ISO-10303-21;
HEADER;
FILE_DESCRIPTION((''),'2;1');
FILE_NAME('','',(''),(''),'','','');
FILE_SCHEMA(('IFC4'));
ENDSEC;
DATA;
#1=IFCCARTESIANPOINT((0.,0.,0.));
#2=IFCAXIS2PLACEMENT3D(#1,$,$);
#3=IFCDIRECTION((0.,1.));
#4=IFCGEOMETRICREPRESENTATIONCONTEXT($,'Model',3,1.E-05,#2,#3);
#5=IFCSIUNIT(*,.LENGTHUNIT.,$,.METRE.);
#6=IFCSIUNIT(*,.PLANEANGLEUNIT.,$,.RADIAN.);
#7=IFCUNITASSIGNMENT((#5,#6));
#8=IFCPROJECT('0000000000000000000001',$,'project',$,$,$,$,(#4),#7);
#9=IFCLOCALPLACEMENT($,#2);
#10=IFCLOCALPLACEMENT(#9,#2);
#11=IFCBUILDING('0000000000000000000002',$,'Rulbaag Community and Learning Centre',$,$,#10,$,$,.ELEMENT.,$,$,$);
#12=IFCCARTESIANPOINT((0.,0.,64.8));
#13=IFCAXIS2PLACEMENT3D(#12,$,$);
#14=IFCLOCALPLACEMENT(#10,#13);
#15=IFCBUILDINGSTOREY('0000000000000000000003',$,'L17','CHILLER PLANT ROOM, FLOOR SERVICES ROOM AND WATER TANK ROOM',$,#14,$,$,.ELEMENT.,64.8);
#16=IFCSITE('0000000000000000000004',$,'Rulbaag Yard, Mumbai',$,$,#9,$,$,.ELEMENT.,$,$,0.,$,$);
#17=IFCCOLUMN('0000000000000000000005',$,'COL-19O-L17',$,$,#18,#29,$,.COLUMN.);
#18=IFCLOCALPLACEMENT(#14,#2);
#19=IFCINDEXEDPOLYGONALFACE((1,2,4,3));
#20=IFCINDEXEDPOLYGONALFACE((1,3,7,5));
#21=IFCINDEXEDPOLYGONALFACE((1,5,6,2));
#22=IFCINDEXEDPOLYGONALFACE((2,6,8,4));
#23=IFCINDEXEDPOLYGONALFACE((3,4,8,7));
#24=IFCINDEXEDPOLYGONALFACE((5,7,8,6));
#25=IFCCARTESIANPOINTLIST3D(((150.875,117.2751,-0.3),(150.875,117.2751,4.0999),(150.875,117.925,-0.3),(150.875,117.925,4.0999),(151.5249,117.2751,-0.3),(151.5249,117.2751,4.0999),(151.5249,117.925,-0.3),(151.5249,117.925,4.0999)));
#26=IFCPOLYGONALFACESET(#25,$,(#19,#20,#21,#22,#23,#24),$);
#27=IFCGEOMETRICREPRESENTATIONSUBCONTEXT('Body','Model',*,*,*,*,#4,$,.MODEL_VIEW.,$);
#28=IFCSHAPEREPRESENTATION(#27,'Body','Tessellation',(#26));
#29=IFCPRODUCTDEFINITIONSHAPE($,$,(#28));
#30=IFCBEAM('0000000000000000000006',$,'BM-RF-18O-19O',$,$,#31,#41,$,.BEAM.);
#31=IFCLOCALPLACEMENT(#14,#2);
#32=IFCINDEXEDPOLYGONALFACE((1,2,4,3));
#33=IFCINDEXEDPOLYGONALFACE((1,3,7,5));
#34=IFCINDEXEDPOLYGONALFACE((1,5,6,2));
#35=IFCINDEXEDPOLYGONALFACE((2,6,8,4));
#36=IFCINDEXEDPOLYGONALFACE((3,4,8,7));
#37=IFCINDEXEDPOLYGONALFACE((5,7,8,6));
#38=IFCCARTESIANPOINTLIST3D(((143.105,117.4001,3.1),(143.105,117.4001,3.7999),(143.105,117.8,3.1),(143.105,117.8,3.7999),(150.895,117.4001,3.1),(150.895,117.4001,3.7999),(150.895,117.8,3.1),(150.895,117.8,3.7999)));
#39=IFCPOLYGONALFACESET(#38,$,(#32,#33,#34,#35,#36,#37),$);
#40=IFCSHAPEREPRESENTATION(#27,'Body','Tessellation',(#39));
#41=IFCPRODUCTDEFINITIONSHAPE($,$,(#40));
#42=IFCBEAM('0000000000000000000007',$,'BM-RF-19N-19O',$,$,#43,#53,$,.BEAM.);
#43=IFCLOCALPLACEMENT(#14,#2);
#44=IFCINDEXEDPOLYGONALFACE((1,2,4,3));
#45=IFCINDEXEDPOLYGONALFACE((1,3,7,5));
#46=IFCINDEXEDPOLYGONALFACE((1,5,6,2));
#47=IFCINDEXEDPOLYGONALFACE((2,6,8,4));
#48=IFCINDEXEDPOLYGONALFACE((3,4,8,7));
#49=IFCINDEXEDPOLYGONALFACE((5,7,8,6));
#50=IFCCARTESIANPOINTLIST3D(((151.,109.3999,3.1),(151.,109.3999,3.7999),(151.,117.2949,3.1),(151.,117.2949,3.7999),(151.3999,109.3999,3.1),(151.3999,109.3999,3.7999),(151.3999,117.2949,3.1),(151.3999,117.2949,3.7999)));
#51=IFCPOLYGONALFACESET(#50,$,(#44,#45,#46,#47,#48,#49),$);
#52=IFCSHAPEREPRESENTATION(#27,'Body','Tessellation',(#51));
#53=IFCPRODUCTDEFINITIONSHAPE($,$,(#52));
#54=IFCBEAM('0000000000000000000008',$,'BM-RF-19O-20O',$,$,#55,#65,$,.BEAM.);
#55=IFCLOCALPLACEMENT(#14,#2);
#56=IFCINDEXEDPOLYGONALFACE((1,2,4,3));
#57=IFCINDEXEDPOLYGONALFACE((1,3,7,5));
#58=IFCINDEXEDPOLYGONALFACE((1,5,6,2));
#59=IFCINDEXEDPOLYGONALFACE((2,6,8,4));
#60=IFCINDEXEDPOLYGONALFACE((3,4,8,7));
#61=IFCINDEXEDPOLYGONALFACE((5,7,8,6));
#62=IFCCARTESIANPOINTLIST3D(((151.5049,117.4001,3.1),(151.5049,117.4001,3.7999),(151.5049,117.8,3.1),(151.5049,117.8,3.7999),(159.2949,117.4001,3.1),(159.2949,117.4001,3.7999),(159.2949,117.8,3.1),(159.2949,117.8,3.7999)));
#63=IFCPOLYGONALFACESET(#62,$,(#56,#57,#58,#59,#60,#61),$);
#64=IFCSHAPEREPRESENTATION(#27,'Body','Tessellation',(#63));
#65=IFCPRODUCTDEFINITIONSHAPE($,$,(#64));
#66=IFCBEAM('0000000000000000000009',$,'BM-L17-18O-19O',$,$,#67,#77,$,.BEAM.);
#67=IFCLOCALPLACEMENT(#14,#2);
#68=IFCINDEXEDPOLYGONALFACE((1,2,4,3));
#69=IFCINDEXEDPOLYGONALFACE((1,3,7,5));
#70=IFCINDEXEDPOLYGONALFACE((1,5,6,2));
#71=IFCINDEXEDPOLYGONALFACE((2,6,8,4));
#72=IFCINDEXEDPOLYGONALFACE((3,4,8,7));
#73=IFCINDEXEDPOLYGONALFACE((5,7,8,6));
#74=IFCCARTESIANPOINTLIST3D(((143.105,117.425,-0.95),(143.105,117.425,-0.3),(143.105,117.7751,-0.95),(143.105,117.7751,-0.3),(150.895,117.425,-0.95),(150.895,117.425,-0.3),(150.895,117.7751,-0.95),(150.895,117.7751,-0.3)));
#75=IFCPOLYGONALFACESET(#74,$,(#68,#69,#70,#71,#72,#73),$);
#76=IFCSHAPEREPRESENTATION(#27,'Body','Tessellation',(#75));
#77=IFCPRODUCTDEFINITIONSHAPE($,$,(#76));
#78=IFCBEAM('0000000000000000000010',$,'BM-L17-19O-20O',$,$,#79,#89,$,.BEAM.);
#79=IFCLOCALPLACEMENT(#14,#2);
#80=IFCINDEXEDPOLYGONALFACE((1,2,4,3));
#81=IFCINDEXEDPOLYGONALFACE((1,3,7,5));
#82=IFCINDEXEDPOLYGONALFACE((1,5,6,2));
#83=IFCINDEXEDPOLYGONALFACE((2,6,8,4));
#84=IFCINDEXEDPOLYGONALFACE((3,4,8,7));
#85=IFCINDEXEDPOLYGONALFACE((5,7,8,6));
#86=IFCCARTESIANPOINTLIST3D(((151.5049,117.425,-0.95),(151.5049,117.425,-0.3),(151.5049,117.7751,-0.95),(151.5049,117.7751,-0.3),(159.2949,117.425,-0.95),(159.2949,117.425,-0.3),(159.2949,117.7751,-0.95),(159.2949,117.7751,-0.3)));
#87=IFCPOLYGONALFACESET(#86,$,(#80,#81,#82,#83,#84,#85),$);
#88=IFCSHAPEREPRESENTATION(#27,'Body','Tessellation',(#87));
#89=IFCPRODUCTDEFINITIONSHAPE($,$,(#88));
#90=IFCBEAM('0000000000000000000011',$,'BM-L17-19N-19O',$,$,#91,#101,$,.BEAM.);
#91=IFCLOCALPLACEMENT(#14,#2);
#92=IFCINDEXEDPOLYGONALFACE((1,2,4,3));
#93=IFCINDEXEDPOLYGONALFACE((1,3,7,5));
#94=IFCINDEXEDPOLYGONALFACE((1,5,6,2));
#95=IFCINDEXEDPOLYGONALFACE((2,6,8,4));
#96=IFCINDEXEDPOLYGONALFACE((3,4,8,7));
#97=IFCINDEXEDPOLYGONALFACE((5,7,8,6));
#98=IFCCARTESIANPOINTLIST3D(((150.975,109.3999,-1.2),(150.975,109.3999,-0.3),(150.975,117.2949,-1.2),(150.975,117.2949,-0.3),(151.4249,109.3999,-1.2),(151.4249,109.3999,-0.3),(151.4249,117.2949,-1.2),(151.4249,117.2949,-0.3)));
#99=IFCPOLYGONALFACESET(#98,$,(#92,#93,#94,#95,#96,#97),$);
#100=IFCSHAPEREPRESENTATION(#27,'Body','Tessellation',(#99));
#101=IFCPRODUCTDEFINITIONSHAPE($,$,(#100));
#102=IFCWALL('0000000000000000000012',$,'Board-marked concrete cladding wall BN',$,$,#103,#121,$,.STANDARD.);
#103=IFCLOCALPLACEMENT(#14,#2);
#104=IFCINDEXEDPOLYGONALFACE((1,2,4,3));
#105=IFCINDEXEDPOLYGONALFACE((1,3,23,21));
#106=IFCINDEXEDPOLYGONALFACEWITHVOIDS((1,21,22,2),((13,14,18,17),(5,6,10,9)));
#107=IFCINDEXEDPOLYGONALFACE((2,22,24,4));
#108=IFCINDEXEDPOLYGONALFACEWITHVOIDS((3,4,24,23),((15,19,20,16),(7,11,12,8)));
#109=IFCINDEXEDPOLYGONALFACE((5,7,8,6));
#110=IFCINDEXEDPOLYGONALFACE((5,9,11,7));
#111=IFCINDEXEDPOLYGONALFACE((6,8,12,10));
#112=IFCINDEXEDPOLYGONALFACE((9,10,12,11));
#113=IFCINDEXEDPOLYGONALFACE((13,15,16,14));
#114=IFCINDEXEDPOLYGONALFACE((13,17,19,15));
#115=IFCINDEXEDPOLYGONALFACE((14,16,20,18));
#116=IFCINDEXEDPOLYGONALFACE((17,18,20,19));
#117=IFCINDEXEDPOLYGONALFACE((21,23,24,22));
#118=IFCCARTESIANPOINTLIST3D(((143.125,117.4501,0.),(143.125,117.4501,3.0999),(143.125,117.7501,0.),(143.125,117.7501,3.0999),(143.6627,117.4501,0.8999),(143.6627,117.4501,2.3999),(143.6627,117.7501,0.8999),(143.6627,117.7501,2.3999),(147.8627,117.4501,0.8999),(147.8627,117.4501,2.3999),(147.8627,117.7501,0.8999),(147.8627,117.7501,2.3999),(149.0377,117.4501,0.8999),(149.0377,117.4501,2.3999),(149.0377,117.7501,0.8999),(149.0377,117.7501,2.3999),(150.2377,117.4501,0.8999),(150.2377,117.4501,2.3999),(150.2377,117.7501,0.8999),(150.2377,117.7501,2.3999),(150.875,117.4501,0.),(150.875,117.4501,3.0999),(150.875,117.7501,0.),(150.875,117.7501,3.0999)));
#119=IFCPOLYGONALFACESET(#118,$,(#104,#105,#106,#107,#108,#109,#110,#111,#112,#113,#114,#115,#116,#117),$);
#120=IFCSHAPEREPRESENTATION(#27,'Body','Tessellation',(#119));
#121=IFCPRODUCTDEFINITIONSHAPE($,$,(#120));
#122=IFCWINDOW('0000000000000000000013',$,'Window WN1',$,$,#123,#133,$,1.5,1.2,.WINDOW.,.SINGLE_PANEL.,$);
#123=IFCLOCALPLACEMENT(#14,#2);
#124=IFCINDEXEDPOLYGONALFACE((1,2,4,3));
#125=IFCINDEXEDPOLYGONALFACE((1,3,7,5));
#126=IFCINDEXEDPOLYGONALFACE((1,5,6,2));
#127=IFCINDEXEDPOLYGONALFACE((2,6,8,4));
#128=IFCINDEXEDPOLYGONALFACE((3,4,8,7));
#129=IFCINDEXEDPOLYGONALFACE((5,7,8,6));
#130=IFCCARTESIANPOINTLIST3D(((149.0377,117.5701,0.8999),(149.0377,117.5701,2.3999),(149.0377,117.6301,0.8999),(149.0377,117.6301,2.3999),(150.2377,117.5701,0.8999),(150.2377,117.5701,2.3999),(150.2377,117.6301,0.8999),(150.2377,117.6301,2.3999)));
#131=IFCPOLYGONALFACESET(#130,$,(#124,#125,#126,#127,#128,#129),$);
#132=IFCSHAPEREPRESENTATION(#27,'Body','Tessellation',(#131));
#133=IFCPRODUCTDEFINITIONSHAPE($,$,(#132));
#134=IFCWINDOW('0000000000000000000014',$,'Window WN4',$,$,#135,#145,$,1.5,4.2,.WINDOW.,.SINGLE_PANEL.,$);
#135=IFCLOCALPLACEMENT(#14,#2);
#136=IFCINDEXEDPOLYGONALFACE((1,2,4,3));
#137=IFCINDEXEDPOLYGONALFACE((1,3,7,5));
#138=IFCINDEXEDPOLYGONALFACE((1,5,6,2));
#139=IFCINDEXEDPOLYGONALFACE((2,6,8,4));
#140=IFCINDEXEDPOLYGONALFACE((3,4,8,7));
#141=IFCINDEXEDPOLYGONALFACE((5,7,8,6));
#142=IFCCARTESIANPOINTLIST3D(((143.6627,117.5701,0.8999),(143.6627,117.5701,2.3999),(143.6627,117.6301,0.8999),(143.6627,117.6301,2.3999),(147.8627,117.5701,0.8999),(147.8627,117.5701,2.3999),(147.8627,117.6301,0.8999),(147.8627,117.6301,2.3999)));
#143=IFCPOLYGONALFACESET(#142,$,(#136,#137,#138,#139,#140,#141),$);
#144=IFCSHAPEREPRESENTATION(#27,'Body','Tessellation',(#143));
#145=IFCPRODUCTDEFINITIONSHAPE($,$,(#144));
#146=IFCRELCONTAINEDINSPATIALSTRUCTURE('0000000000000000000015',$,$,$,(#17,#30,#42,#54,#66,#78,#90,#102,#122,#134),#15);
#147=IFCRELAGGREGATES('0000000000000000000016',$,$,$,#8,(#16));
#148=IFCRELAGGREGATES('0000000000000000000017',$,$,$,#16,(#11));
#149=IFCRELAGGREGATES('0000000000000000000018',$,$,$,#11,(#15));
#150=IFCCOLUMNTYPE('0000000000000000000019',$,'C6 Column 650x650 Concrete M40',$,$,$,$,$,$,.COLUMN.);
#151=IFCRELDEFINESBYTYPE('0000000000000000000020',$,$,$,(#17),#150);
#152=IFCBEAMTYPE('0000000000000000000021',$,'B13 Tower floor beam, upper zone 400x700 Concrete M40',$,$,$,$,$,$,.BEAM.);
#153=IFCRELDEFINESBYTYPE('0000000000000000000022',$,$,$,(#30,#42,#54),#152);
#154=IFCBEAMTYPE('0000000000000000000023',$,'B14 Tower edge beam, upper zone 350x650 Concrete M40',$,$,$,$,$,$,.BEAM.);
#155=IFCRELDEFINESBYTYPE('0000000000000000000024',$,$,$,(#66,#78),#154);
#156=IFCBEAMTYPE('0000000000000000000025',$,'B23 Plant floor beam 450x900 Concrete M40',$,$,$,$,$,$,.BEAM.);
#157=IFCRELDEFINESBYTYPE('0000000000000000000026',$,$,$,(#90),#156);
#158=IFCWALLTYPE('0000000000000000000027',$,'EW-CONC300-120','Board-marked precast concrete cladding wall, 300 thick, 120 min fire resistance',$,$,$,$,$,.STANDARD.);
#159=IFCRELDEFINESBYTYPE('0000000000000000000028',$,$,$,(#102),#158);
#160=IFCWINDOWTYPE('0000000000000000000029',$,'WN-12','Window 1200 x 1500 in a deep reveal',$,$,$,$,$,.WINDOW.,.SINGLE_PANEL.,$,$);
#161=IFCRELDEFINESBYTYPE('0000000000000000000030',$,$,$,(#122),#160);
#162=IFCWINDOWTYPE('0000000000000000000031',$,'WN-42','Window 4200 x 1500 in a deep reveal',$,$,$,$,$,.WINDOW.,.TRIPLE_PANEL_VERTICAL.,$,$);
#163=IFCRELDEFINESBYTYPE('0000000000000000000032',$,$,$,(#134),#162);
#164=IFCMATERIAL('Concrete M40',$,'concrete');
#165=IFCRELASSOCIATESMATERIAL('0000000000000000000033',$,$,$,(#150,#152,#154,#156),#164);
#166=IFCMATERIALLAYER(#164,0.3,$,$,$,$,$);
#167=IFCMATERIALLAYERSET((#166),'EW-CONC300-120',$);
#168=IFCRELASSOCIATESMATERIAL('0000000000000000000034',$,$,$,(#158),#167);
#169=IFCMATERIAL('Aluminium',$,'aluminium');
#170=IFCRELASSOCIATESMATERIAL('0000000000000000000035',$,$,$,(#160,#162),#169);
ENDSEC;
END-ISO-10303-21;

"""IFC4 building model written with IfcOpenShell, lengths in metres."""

from ifc_helpers import new_model, si_unit, direction, frame, frame_2d, origin, origin_2d, place, context, subcontext, project, spatial, rectangle, extrude, material, layer, layer_set, material_profile, profile_set, type_object, element, fill, save


model = new_model("IFC4")

# Units and contexts
model_context = context("Model", 3, precision=1e-05, world=origin(), true_north=direction((0.0, 1.0)))
body_context = subcontext(model_context, "Body", "Model", "MODEL_VIEW")
ifc_project = project(units=[si_unit("LENGTHUNIT", "METRE"), si_unit("PLANEANGLEUNIT", "RADIAN")], contexts=[model_context])

# Site, building, storey
site_placement = place(None, origin())
site = spatial("IfcSite", under=ifc_project, at=site_placement, Name="Rulbaag Yard, Mumbai", CompositionType="ELEMENT", RefElevation=0.0)
building_placement = place(site_placement, origin())
building = spatial("IfcBuilding", under=site, at=building_placement, Name="Rulbaag Community and Learning Centre", CompositionType="ELEMENT")
storey_placement = place(building_placement, frame((0.0, 0.0, 64.8)))
storey = spatial("IfcBuildingStorey", under=building, at=storey_placement, Name="L17", Description="CHILLER PLANT ROOM, FLOOR SERVICES ROOM AND WATER TANK ROOM", CompositionType="ELEMENT", Elevation=64.8)

# Column
ifc_material_1 = material(Name="Concrete M40", Category="concrete")
ifc_material_profile_1 = material_profile(ifc_material_1, rectangle(XDim=0.6499, YDim=0.6499, at=origin_2d()), Name="RC650x650")
ifc_profile_set_1 = profile_set([ifc_material_profile_1], Name="Concrete M40")
column_type = type_object("IfcColumnType", Name="C6 Column 650x650 Concrete M40", PredefinedType="COLUMN", material=ifc_profile_set_1)
column_placement = place(storey_placement, frame((151.2, 117.6001, -0.3), z_axis=(0.0, 0.0, 1.0), x_axis=(1.0, 0.0, 0.0)))
element("IfcColumn", 1, at=column_placement, inside=storey, type_object=column_type, Name="COL-19O-L17", PredefinedType="COLUMN", context=body_context, shape_type="SweptSolid", body=[
    extrude(rectangle(XDim=0.6499, YDim=0.6499, at=origin_2d()), origin(), (0.0, 0.0, 1.0), 4.3999),
])

# Beams
ifc_material_profile_2 = material_profile(ifc_material_1, rectangle(XDim=0.3999, YDim=0.7, at=origin_2d()), Name="RB400x700")
ifc_profile_set_2 = profile_set([ifc_material_profile_2], Name="Concrete M40")
beam_type_1 = type_object("IfcBeamType", Name="B13 Tower floor beam, upper zone 400x700 Concrete M40", PredefinedType="BEAM", material=ifc_profile_set_2)
beam_1_placement = place(storey_placement, frame((143.105, 117.6001, 3.45), z_axis=(1.0, 0.0, 0.0), x_axis=(0.0, 1.0, 0.0)))
element("IfcBeam", 2, at=beam_1_placement, inside=storey, type_object=beam_type_1, Name="BM-RF-18O-19O", PredefinedType="BEAM", context=body_context, shape_type="SweptSolid", body=[
    extrude(rectangle(XDim=0.3999, YDim=0.7, at=origin_2d()), origin(), (0.0, 0.0, 1.0), 7.79),
])
beam_2_placement = place(storey_placement, frame((151.2, 109.3999, 3.45), z_axis=(0.0, 1.0, 0.0), x_axis=(-1.0, 0.0, 0.0)))
element("IfcBeam", 3, at=beam_2_placement, inside=storey, type_object=beam_type_1, Name="BM-RF-19N-19O", PredefinedType="BEAM", context=body_context, shape_type="SweptSolid", body=[
    extrude(rectangle(XDim=0.3999, YDim=0.7, at=origin_2d()), origin(), (0.0, 0.0, 1.0), 7.895),
])
beam_3_placement = place(storey_placement, frame((151.5049, 117.6001, 3.45), z_axis=(1.0, 0.0, 0.0), x_axis=(0.0, 1.0, 0.0)))
element("IfcBeam", 4, at=beam_3_placement, inside=storey, type_object=beam_type_1, Name="BM-RF-19O-20O", PredefinedType="BEAM", context=body_context, shape_type="SweptSolid", body=[
    extrude(rectangle(XDim=0.3999, YDim=0.7, at=origin_2d()), origin(), (0.0, 0.0, 1.0), 7.79),
])
ifc_material_profile_3 = material_profile(ifc_material_1, rectangle(XDim=0.3501, YDim=0.6499, at=origin_2d()), Name="RB350x650")
ifc_profile_set_3 = profile_set([ifc_material_profile_3], Name="Concrete M40")
beam_type_2 = type_object("IfcBeamType", Name="B14 Tower edge beam, upper zone 350x650 Concrete M40", PredefinedType="BEAM", material=ifc_profile_set_3)
for number, where, z_axis, x_axis, name in (
    (5, (143.105, 117.6001, -0.625), (1.0, 0.0, 0.0), (0.0, 1.0, 0.0), "BM-L17-18O-19O"),
    (6, (151.5049, 117.6001, -0.625), (1.0, 0.0, 0.0), (0.0, 1.0, 0.0), "BM-L17-19O-20O"),
):
    element("IfcBeam", number, at=place(storey_placement, frame(where, z_axis=z_axis, x_axis=x_axis)), inside=storey, type_object=beam_type_2, Name=name, PredefinedType="BEAM", context=body_context, shape_type="SweptSolid", body=[
        extrude(rectangle(XDim=0.3501, YDim=0.6499, at=origin_2d()), origin(), (0.0, 0.0, 1.0), 7.79),
    ])
ifc_material_profile_4 = material_profile(ifc_material_1, rectangle(XDim=0.45, YDim=0.8999, at=origin_2d()), Name="RB450x900")
ifc_profile_set_4 = profile_set([ifc_material_profile_4], Name="Concrete M40")
beam_type_3 = type_object("IfcBeamType", Name="B23 Plant floor beam 450x900 Concrete M40", PredefinedType="BEAM", material=ifc_profile_set_4)
beam_4_placement = place(storey_placement, frame((151.2, 109.3999, -0.75), z_axis=(0.0, 1.0, 0.0), x_axis=(-1.0, 0.0, 0.0)))
element("IfcBeam", 7, at=beam_4_placement, inside=storey, type_object=beam_type_3, Name="BM-L17-19N-19O", PredefinedType="BEAM", context=body_context, shape_type="SweptSolid", body=[
    extrude(rectangle(XDim=0.45, YDim=0.8999, at=origin_2d()), origin(), (0.0, 0.0, 1.0), 7.895),
])

# Wall, openings, windows
ifc_layer_1 = layer(ifc_material_1, 0.3)
ifc_layer_set_1 = layer_set([ifc_layer_1], Name="EW-CONC300-120")
wall_type_1 = type_object("IfcWallType", Name="EW-CONC300-120", Description="Board-marked precast concrete cladding wall, 300 thick, 120 min fire resistance", PredefinedType="STANDARD", material=ifc_layer_set_1)
wall_1_placement = place(storey_placement, frame((143.125, 117.6001, 0.0), z_axis=(0.0, 0.0, 1.0), x_axis=(1.0, 0.0, 0.0)))
wall_1 = element("IfcWall", 8, at=wall_1_placement, inside=storey, type_object=wall_type_1, Name="Board-marked concrete cladding wall BN", PredefinedType="STANDARD", context=body_context, shape_type="SweptSolid", body=[
    extrude(rectangle(XDim=7.75, YDim=0.3, at=frame_2d((3.875, 0.0))), origin(), (0.0, 0.0, 1.0), 3.0999),
])
opening_1_placement = place(wall_1_placement, frame((0.5376, 0.0, 0.8999)))
opening_1 = element("IfcOpeningElement", 9, at=opening_1_placement, cuts=wall_1, PredefinedType="OPENING", context=body_context, shape_type="SweptSolid", body=[
    extrude(rectangle(XDim=4.2, YDim=1.5, at=frame_2d((2.1001, 0.75))), frame((0.0, 0.1599, 0.0), z_axis=(0.0, -1.0, 0.0), x_axis=(1.0, 0.0, 0.0)), (0.0, 0.0, 1.0), 0.3201),
])
opening_2_placement = place(wall_1_placement, frame((5.9126, 0.0, 0.8999)))
opening_2 = element("IfcOpeningElement", 10, at=opening_2_placement, cuts=wall_1, PredefinedType="OPENING", context=body_context, shape_type="SweptSolid", body=[
    extrude(rectangle(XDim=1.2, YDim=1.5, at=frame_2d((0.6001, 0.75))), frame((0.0, 0.1599, 0.0), z_axis=(0.0, -1.0, 0.0), x_axis=(1.0, 0.0, 0.0)), (0.0, 0.0, 1.0), 0.3201),
])
ifc_material_2 = material(Name="Aluminium", Category="aluminium")
window_type_1 = type_object("IfcWindowType", Name="WN-12", Description="Window 1200 x 1500 in a deep reveal", PartitioningType="SINGLE_PANEL", PredefinedType="WINDOW", material=ifc_material_2)
window_1_placement = place(opening_2_placement, origin())
window_1 = element("IfcWindow", 11, at=window_1_placement, inside=storey, type_object=window_type_1, Name="Window WN1", OverallHeight=1.5, OverallWidth=1.2, PartitioningType="SINGLE_PANEL", PredefinedType="WINDOW", context=body_context, shape_type="SweptSolid", body=[
    extrude(rectangle(XDim=1.2, YDim=1.5, at=frame_2d((0.6001, 0.75))), frame((0.0, 0.03, 0.0), z_axis=(0.0, -1.0, 0.0), x_axis=(1.0, 0.0, 0.0)), (0.0, 0.0, 1.0), 0.0601),
])
fill(opening_2, window_1)
window_type_2 = type_object("IfcWindowType", Name="WN-42", Description="Window 4200 x 1500 in a deep reveal", PartitioningType="TRIPLE_PANEL_VERTICAL", PredefinedType="WINDOW", material=ifc_material_2)
window_2_placement = place(opening_1_placement, origin())
window_2 = element("IfcWindow", 12, at=window_2_placement, inside=storey, type_object=window_type_2, Name="Window WN4", OverallHeight=1.5, OverallWidth=4.2, PartitioningType="SINGLE_PANEL", PredefinedType="WINDOW", context=body_context, shape_type="SweptSolid", body=[
    extrude(rectangle(XDim=4.2, YDim=1.5, at=frame_2d((2.1001, 0.75))), frame((0.0, 0.03, 0.0), z_axis=(0.0, -1.0, 0.0), x_axis=(1.0, 0.0, 0.0)), (0.0, 0.0, 1.0), 0.0601),
])
fill(opening_1, window_2)

save(model, "model.ifc")
